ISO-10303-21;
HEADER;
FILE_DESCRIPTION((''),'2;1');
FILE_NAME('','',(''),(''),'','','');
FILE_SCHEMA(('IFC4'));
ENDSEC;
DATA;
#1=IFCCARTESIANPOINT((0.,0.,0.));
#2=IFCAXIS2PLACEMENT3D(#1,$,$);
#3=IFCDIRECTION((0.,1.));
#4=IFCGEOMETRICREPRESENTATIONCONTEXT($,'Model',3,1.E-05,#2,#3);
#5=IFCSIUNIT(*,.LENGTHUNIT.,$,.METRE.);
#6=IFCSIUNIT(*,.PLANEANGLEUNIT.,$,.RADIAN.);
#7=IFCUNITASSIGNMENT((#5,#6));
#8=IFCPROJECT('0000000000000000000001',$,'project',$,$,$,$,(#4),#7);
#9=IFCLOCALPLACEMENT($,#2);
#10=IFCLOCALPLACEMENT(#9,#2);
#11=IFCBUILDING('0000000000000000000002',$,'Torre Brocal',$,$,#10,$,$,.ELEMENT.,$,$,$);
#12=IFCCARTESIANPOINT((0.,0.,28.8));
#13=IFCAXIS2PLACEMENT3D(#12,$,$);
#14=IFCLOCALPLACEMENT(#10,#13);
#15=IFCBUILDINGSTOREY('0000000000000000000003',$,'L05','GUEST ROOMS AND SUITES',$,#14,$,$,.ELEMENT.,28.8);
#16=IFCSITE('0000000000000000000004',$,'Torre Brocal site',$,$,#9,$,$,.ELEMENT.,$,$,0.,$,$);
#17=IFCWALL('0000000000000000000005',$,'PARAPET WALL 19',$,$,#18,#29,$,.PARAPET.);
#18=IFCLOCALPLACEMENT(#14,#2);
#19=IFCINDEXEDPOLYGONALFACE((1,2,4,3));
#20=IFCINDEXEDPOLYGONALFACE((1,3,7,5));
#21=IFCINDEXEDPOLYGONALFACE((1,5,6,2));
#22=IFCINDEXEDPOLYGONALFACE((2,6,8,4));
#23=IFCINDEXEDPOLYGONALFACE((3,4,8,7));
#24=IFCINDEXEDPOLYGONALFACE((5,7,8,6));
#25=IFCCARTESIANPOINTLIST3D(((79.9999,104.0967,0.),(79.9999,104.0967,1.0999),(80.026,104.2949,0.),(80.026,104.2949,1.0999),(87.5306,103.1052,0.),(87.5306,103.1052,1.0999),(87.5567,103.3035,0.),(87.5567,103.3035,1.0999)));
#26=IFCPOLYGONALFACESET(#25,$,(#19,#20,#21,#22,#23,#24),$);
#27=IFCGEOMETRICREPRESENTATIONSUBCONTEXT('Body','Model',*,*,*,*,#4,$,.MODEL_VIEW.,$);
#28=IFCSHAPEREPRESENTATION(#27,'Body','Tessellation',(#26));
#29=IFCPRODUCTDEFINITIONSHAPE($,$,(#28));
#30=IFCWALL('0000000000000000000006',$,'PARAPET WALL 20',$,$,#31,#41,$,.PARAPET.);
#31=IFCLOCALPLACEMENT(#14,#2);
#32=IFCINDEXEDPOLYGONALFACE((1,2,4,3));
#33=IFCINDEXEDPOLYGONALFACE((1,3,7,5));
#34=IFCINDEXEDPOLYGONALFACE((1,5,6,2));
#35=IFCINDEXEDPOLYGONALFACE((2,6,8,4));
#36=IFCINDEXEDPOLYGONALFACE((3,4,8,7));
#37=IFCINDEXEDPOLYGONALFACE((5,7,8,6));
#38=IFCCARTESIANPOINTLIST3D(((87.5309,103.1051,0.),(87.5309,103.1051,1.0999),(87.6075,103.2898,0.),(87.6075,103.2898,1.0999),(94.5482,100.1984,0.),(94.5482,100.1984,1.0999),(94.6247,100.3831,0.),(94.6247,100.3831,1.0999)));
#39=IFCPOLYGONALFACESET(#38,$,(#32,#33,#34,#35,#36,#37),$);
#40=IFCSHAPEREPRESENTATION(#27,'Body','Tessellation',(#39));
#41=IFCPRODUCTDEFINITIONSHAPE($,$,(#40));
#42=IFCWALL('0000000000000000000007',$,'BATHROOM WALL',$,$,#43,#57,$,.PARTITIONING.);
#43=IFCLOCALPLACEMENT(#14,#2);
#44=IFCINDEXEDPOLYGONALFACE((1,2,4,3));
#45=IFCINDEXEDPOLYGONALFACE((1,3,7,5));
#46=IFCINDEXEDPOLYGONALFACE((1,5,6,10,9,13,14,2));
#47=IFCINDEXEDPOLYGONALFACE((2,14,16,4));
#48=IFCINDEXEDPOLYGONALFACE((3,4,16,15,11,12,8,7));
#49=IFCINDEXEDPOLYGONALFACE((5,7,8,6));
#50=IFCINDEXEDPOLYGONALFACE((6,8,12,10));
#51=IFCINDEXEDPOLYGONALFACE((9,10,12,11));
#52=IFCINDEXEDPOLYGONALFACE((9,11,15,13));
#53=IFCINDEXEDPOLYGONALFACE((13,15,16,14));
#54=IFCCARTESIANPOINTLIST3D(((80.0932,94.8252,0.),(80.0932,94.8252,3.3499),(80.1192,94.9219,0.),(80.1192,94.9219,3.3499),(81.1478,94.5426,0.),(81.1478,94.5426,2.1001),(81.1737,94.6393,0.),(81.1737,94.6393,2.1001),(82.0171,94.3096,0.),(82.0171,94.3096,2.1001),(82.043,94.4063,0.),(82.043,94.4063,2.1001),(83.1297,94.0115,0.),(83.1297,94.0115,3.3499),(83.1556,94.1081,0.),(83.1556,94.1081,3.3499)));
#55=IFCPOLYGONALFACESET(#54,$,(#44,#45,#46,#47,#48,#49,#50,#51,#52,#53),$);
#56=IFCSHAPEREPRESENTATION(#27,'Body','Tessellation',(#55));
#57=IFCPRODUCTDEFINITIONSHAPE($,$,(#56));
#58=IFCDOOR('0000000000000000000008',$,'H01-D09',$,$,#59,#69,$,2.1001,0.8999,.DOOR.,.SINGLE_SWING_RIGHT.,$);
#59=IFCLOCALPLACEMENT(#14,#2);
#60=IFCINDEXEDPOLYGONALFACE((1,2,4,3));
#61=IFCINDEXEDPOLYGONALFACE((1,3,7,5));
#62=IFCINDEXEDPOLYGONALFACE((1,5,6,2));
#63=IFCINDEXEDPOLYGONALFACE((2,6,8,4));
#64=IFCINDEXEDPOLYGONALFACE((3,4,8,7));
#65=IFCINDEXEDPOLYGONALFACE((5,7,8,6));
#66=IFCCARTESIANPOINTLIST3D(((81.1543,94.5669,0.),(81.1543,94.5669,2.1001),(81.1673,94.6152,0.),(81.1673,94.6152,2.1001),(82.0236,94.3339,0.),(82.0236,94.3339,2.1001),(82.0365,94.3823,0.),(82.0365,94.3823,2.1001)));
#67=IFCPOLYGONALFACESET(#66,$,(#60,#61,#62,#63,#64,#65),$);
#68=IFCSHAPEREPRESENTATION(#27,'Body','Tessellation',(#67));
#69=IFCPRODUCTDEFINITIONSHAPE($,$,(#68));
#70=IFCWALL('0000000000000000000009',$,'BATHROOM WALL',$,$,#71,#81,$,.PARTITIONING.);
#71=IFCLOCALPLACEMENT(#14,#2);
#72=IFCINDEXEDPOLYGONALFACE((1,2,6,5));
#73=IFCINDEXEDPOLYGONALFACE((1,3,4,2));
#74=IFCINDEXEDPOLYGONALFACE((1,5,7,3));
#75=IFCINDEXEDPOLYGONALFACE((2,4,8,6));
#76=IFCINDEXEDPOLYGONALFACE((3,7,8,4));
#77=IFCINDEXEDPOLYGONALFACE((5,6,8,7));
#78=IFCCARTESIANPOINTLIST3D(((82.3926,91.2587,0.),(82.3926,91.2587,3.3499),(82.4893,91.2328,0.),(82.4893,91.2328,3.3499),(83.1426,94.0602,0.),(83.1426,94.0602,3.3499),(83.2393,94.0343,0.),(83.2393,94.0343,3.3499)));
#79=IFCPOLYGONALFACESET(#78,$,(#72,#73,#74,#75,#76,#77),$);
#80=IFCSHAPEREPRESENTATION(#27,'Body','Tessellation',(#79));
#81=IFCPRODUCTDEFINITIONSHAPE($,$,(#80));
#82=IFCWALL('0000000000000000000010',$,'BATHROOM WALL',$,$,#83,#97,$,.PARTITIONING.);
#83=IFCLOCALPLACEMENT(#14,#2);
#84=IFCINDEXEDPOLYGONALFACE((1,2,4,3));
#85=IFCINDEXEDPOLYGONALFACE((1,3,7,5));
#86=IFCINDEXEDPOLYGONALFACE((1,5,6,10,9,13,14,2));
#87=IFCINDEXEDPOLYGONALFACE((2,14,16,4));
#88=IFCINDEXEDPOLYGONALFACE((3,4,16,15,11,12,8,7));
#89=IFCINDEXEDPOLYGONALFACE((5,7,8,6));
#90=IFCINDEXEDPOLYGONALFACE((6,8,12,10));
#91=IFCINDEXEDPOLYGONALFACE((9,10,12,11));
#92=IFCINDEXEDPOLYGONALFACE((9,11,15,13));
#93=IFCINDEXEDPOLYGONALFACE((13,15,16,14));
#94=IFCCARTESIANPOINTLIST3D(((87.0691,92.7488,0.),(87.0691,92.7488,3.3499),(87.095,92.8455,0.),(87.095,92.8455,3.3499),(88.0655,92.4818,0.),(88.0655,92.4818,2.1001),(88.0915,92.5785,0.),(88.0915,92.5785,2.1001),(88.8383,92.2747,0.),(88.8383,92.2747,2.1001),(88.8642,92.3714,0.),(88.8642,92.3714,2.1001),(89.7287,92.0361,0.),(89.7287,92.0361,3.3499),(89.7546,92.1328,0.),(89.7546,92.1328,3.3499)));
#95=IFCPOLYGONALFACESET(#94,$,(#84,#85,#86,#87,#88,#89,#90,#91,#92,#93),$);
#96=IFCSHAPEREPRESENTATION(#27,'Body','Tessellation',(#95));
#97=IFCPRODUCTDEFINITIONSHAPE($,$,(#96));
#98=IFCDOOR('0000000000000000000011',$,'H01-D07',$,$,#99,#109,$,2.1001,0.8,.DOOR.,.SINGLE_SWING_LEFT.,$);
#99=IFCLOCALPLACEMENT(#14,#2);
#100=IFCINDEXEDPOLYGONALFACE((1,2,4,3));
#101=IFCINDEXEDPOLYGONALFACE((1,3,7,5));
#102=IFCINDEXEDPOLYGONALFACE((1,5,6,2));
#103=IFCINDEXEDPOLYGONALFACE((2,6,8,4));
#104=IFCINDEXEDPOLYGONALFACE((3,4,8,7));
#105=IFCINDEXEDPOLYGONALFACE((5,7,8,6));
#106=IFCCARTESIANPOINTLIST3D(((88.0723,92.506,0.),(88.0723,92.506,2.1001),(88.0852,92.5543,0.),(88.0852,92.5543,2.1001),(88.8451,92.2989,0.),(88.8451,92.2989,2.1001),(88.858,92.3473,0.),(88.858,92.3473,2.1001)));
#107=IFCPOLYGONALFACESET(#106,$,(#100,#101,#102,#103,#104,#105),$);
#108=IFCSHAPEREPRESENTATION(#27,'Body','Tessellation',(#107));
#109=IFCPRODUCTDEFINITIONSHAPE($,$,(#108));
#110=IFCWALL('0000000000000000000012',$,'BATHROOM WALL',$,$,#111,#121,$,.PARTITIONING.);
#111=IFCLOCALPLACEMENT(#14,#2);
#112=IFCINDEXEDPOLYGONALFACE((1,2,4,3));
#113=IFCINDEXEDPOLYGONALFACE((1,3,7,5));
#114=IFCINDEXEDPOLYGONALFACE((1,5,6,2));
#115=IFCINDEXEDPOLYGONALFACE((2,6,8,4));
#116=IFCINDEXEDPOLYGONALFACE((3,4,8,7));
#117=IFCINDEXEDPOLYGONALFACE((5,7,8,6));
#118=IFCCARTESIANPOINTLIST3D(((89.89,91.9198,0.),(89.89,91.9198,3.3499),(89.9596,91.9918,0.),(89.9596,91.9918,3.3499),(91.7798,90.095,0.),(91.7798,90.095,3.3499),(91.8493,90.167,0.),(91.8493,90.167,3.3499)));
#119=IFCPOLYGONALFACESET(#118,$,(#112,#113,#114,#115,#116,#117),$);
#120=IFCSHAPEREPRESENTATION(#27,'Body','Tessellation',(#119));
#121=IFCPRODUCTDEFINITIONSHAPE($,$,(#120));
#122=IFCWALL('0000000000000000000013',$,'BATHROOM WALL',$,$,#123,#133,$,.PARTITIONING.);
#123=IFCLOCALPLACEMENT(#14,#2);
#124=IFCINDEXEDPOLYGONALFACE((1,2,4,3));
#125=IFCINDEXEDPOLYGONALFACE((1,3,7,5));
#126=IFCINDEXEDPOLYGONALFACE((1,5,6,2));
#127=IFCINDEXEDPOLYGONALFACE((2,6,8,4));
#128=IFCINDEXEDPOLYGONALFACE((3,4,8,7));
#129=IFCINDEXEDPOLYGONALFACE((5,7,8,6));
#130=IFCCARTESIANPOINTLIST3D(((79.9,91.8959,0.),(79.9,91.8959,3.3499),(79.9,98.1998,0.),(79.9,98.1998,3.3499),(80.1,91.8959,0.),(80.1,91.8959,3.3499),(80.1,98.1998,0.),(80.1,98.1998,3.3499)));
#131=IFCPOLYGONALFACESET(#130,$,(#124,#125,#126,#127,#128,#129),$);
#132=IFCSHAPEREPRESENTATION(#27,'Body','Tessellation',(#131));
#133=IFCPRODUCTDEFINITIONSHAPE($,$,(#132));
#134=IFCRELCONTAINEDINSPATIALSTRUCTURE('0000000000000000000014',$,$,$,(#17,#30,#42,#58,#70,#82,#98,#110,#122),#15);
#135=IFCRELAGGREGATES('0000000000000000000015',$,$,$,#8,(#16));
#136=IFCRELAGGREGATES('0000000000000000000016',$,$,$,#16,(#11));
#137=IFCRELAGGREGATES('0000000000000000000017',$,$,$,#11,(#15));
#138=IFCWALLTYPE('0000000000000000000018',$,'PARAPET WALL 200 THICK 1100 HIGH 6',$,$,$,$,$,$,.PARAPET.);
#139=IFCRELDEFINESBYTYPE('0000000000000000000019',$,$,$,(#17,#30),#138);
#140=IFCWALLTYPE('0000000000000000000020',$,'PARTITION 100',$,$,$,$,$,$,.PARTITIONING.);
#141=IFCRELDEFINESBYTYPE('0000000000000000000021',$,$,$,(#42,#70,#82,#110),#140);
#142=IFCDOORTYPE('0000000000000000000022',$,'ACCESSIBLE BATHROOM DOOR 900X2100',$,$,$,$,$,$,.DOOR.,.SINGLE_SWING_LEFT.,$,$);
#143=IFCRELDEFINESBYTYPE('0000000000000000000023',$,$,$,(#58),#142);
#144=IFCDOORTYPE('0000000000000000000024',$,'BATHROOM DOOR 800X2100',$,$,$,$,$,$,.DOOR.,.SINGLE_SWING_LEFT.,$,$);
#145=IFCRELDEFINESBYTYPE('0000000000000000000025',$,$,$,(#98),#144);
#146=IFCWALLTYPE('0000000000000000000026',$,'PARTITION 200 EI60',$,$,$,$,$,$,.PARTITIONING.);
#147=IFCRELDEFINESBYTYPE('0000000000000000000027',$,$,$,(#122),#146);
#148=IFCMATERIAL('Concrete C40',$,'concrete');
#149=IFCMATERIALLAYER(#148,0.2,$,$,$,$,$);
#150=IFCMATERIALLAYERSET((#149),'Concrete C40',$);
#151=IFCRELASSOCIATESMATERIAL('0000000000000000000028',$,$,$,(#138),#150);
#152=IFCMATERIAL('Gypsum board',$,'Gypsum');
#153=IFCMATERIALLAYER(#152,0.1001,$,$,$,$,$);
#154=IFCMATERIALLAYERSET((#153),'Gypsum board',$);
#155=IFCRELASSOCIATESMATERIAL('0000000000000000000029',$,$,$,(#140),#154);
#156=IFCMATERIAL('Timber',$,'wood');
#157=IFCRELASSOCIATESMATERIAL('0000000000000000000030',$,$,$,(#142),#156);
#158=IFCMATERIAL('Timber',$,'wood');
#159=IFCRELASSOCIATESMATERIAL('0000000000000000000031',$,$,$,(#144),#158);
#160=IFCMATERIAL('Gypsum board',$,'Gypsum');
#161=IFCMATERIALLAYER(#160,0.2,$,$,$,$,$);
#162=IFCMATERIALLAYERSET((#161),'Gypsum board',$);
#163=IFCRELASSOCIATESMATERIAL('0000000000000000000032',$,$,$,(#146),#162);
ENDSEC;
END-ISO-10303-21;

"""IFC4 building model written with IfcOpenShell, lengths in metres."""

from ifc_helpers import new_model, si_unit, direction, frame, frame_2d, origin, place, context, subcontext, project, spatial, rectangle, extrude, material, layer, layer_set, type_object, element, fill, save


model = new_model("IFC4")

# Units and contexts
model_context = context("Model", 3, precision=1e-05, world=origin(), true_north=direction((0.0, 1.0)))
body_context = subcontext(model_context, "Body", "Model", "MODEL_VIEW")
ifc_project = project(units=[si_unit("LENGTHUNIT", "METRE"), si_unit("PLANEANGLEUNIT", "RADIAN")], contexts=[model_context])

# Site, building, storey
site_placement = place(None, origin())
site = spatial("IfcSite", under=ifc_project, at=site_placement, Name="Torre Brocal site", CompositionType="ELEMENT", RefElevation=0.0)
building_placement = place(site_placement, origin())
building = spatial("IfcBuilding", under=site, at=building_placement, Name="Torre Brocal", CompositionType="ELEMENT")
storey_placement = place(building_placement, frame((0.0, 0.0, 28.8)))
storey = spatial("IfcBuildingStorey", under=building, at=storey_placement, Name="L05", Description="GUEST ROOMS AND SUITES", CompositionType="ELEMENT", Elevation=28.8)

# Walls
ifc_material_1 = material(Name="Concrete C40", Category="concrete")
ifc_layer_1 = layer(ifc_material_1, 0.2)
ifc_layer_set_1 = layer_set([ifc_layer_1], Name="Concrete C40")
wall_type_1 = type_object("IfcWallType", Name="PARAPET WALL 200 THICK 1100 HIGH 6", PredefinedType="PARAPET", material=ifc_layer_set_1)
wall_1_placement = place(storey_placement, frame((80.0129, 104.1958, 0.0), z_axis=(0.0, 0.0, 1.0), x_axis=(0.991445, -0.130528, 0.0)))
element("IfcWall", 1, at=wall_1_placement, inside=storey, type_object=wall_type_1, Name="PARAPET WALL 19", PredefinedType="PARAPET", context=body_context, shape_type="SweptSolid", body=[
    extrude(rectangle(XDim=7.5957, YDim=0.2, at=frame_2d((3.7979, 0.0))), origin(), (0.0, 0.0, 1.0), 1.0999),
])
wall_2_placement = place(storey_placement, frame((87.5691, 103.1975, 0.0), z_axis=(0.0, 0.0, 1.0), x_axis=(0.923877, -0.382691, 0.0)))
element("IfcWall", 2, at=wall_2_placement, inside=storey, type_object=wall_type_1, Name="PARAPET WALL 20", PredefinedType="PARAPET", context=body_context, shape_type="SweptSolid", body=[
    extrude(rectangle(XDim=7.5955, YDim=0.2, at=frame_2d((3.7979, 0.0))), origin(), (0.0, 0.0, 1.0), 1.0999),
])

# Wall, opening, door
ifc_material_2 = material(Name="Gypsum board", Category="Gypsum")
ifc_layer_2 = layer(ifc_material_2, 0.1001)
ifc_layer_set_2 = layer_set([ifc_layer_2], Name="Gypsum board")
wall_type_2 = type_object("IfcWallType", Name="PARTITION 100", PredefinedType="PARTITIONING", material=ifc_layer_set_2)
wall_3_placement = place(storey_placement, frame((80.1062, 94.8735, 0.0), z_axis=(0.0, 0.0, 1.0), x_axis=(0.965916, -0.258856, 0.0)))
wall_3 = element("IfcWall", 3, at=wall_3_placement, inside=storey, type_object=wall_type_2, Name="BATHROOM WALL", PredefinedType="PARTITIONING", context=body_context, shape_type="SweptSolid", body=[
    extrude(rectangle(XDim=3.1436, YDim=0.1001, at=frame_2d((1.5718, 0.0))), origin(), (0.0, 0.0, 1.0), 3.3499),
])
opening_1_placement = place(wall_3_placement, frame((1.0918, 0.0, 0.0)))
opening_1 = element("IfcOpeningElement", 4, at=opening_1_placement, cuts=wall_3, PredefinedType="OPENING", context=body_context, shape_type="SweptSolid", body=[
    extrude(rectangle(XDim=0.8999, YDim=2.1001, at=frame_2d((0.45, 1.05))), frame((0.0, 0.0601, 0.0), z_axis=(0.0, -1.0, 0.0), x_axis=(1.0, 0.0, 0.0)), (0.0, 0.0, 1.0), 0.1201),
])
ifc_material_3 = material(Name="Timber", Category="wood")
door_type_1 = type_object("IfcDoorType", Name="ACCESSIBLE BATHROOM DOOR 900X2100", OperationType="SINGLE_SWING_LEFT", PredefinedType="DOOR", material=ifc_material_3)
door_1_placement = place(opening_1_placement, frame((0.8999, 0.0, 0.0), z_axis=(0.0, 0.0, 1.0), x_axis=(-1.0, 0.0, 0.0)))
door_1 = element("IfcDoor", 5, at=door_1_placement, inside=storey, type_object=door_type_1, Name="H01-D09", OperationType="SINGLE_SWING_RIGHT", OverallHeight=2.1001, OverallWidth=0.8999, PredefinedType="DOOR", context=body_context, shape_type="SweptSolid", body=[
    extrude(rectangle(XDim=0.8999, YDim=2.1001, at=frame_2d((0.45, 1.05))), frame((0.0, 0.0249, 0.0), z_axis=(0.0, -1.0, 0.0), x_axis=(1.0, 0.0, 0.0)), (0.0, 0.0, 1.0), 0.05),
])
fill(opening_1, door_1)

# Wall
wall_4_placement = place(storey_placement, frame((82.4409, 91.2456, 0.0), z_axis=(0.0, 0.0, 1.0), x_axis=(0.258606, 0.965983, 0.0)))
element("IfcWall", 6, at=wall_4_placement, inside=storey, type_object=wall_type_2, Name="BATHROOM WALL", PredefinedType="PARTITIONING", context=body_context, shape_type="SweptSolid", body=[
    extrude(rectangle(XDim=2.9001, YDim=0.1001, at=frame_2d((1.4502, 0.0))), origin(), (0.0, 0.0, 1.0), 3.3499),
])

# Wall, opening, door
wall_5_placement = place(storey_placement, frame((87.082, 92.7971, 0.0), z_axis=(0.0, 0.0, 1.0), x_axis=(0.965927, -0.258816, 0.0)))
wall_5 = element("IfcWall", 7, at=wall_5_placement, inside=storey, type_object=wall_type_2, Name="BATHROOM WALL", PredefinedType="PARTITIONING", context=body_context, shape_type="SweptSolid", body=[
    extrude(rectangle(XDim=2.7534, YDim=0.1001, at=frame_2d((1.3767, 0.0))), origin(), (0.0, 0.0, 1.0), 3.3499),
])
opening_2_placement = place(wall_5_placement, frame((1.0317, 0.0, 0.0)))
opening_2 = element("IfcOpeningElement", 8, at=opening_2_placement, cuts=wall_5, PredefinedType="OPENING", context=body_context, shape_type="SweptSolid", body=[
    extrude(rectangle(XDim=0.8, YDim=2.1001, at=frame_2d((0.3999, 1.05))), frame((0.0, 0.0601, 0.0), z_axis=(0.0, -1.0, 0.0), x_axis=(1.0, 0.0, 0.0)), (0.0, 0.0, 1.0), 0.1201),
])
ifc_material_4 = material(Name="Timber", Category="wood")
door_type_2 = type_object("IfcDoorType", Name="BATHROOM DOOR 800X2100", OperationType="SINGLE_SWING_LEFT", PredefinedType="DOOR", material=ifc_material_4)
door_2_placement = place(opening_2_placement, frame((0.8, 0.0, 0.0), z_axis=(0.0, 0.0, 1.0), x_axis=(-1.0, 0.0, 0.0)))
door_2 = element("IfcDoor", 9, at=door_2_placement, inside=storey, type_object=door_type_2, Name="H01-D07", OperationType="SINGLE_SWING_LEFT", OverallHeight=2.1001, OverallWidth=0.8, PredefinedType="DOOR", context=body_context, shape_type="SweptSolid", body=[
    extrude(rectangle(XDim=0.8, YDim=2.1001, at=frame_2d((0.3999, 1.05))), frame((0.0, 0.0249, 0.0), z_axis=(0.0, -1.0, 0.0), x_axis=(1.0, 0.0, 0.0)), (0.0, 0.0, 1.0), 0.05),
])
fill(opening_2, door_2)

# Walls
wall_6_placement = place(storey_placement, frame((89.9248, 91.9558, 0.0), z_axis=(0.0, 0.0, 1.0), x_axis=(0.71936, -0.694638, 0.0)))
element("IfcWall", 10, at=wall_6_placement, inside=storey, type_object=wall_type_2, Name="BATHROOM WALL", PredefinedType="PARTITIONING", context=body_context, shape_type="SweptSolid", body=[
    extrude(rectangle(XDim=2.627, YDim=0.1001, at=frame_2d((1.3135, 0.0))), origin(), (0.0, 0.0, 1.0), 3.3499),
])
ifc_material_5 = material(Name="Gypsum board", Category="Gypsum")
ifc_layer_3 = layer(ifc_material_5, 0.2)
ifc_layer_set_3 = layer_set([ifc_layer_3], Name="Gypsum board")
wall_type_3 = type_object("IfcWallType", Name="PARTITION 200 EI60", PredefinedType="PARTITIONING", material=ifc_layer_set_3)
wall_7_placement = place(storey_placement, frame((80.0, 91.896, 0.0), z_axis=(0.0, 0.0, 1.0), x_axis=(0.0, 1.0, 0.0)))
element("IfcWall", 11, at=wall_7_placement, inside=storey, type_object=wall_type_3, Name="BATHROOM WALL", PredefinedType="PARTITIONING", context=body_context, shape_type="SweptSolid", body=[
    extrude(rectangle(XDim=6.304, YDim=0.2, at=frame_2d((3.1519, 0.0))), origin(), (0.0, 0.0, 1.0), 3.3499),
])

save(model, "model.ifc")
